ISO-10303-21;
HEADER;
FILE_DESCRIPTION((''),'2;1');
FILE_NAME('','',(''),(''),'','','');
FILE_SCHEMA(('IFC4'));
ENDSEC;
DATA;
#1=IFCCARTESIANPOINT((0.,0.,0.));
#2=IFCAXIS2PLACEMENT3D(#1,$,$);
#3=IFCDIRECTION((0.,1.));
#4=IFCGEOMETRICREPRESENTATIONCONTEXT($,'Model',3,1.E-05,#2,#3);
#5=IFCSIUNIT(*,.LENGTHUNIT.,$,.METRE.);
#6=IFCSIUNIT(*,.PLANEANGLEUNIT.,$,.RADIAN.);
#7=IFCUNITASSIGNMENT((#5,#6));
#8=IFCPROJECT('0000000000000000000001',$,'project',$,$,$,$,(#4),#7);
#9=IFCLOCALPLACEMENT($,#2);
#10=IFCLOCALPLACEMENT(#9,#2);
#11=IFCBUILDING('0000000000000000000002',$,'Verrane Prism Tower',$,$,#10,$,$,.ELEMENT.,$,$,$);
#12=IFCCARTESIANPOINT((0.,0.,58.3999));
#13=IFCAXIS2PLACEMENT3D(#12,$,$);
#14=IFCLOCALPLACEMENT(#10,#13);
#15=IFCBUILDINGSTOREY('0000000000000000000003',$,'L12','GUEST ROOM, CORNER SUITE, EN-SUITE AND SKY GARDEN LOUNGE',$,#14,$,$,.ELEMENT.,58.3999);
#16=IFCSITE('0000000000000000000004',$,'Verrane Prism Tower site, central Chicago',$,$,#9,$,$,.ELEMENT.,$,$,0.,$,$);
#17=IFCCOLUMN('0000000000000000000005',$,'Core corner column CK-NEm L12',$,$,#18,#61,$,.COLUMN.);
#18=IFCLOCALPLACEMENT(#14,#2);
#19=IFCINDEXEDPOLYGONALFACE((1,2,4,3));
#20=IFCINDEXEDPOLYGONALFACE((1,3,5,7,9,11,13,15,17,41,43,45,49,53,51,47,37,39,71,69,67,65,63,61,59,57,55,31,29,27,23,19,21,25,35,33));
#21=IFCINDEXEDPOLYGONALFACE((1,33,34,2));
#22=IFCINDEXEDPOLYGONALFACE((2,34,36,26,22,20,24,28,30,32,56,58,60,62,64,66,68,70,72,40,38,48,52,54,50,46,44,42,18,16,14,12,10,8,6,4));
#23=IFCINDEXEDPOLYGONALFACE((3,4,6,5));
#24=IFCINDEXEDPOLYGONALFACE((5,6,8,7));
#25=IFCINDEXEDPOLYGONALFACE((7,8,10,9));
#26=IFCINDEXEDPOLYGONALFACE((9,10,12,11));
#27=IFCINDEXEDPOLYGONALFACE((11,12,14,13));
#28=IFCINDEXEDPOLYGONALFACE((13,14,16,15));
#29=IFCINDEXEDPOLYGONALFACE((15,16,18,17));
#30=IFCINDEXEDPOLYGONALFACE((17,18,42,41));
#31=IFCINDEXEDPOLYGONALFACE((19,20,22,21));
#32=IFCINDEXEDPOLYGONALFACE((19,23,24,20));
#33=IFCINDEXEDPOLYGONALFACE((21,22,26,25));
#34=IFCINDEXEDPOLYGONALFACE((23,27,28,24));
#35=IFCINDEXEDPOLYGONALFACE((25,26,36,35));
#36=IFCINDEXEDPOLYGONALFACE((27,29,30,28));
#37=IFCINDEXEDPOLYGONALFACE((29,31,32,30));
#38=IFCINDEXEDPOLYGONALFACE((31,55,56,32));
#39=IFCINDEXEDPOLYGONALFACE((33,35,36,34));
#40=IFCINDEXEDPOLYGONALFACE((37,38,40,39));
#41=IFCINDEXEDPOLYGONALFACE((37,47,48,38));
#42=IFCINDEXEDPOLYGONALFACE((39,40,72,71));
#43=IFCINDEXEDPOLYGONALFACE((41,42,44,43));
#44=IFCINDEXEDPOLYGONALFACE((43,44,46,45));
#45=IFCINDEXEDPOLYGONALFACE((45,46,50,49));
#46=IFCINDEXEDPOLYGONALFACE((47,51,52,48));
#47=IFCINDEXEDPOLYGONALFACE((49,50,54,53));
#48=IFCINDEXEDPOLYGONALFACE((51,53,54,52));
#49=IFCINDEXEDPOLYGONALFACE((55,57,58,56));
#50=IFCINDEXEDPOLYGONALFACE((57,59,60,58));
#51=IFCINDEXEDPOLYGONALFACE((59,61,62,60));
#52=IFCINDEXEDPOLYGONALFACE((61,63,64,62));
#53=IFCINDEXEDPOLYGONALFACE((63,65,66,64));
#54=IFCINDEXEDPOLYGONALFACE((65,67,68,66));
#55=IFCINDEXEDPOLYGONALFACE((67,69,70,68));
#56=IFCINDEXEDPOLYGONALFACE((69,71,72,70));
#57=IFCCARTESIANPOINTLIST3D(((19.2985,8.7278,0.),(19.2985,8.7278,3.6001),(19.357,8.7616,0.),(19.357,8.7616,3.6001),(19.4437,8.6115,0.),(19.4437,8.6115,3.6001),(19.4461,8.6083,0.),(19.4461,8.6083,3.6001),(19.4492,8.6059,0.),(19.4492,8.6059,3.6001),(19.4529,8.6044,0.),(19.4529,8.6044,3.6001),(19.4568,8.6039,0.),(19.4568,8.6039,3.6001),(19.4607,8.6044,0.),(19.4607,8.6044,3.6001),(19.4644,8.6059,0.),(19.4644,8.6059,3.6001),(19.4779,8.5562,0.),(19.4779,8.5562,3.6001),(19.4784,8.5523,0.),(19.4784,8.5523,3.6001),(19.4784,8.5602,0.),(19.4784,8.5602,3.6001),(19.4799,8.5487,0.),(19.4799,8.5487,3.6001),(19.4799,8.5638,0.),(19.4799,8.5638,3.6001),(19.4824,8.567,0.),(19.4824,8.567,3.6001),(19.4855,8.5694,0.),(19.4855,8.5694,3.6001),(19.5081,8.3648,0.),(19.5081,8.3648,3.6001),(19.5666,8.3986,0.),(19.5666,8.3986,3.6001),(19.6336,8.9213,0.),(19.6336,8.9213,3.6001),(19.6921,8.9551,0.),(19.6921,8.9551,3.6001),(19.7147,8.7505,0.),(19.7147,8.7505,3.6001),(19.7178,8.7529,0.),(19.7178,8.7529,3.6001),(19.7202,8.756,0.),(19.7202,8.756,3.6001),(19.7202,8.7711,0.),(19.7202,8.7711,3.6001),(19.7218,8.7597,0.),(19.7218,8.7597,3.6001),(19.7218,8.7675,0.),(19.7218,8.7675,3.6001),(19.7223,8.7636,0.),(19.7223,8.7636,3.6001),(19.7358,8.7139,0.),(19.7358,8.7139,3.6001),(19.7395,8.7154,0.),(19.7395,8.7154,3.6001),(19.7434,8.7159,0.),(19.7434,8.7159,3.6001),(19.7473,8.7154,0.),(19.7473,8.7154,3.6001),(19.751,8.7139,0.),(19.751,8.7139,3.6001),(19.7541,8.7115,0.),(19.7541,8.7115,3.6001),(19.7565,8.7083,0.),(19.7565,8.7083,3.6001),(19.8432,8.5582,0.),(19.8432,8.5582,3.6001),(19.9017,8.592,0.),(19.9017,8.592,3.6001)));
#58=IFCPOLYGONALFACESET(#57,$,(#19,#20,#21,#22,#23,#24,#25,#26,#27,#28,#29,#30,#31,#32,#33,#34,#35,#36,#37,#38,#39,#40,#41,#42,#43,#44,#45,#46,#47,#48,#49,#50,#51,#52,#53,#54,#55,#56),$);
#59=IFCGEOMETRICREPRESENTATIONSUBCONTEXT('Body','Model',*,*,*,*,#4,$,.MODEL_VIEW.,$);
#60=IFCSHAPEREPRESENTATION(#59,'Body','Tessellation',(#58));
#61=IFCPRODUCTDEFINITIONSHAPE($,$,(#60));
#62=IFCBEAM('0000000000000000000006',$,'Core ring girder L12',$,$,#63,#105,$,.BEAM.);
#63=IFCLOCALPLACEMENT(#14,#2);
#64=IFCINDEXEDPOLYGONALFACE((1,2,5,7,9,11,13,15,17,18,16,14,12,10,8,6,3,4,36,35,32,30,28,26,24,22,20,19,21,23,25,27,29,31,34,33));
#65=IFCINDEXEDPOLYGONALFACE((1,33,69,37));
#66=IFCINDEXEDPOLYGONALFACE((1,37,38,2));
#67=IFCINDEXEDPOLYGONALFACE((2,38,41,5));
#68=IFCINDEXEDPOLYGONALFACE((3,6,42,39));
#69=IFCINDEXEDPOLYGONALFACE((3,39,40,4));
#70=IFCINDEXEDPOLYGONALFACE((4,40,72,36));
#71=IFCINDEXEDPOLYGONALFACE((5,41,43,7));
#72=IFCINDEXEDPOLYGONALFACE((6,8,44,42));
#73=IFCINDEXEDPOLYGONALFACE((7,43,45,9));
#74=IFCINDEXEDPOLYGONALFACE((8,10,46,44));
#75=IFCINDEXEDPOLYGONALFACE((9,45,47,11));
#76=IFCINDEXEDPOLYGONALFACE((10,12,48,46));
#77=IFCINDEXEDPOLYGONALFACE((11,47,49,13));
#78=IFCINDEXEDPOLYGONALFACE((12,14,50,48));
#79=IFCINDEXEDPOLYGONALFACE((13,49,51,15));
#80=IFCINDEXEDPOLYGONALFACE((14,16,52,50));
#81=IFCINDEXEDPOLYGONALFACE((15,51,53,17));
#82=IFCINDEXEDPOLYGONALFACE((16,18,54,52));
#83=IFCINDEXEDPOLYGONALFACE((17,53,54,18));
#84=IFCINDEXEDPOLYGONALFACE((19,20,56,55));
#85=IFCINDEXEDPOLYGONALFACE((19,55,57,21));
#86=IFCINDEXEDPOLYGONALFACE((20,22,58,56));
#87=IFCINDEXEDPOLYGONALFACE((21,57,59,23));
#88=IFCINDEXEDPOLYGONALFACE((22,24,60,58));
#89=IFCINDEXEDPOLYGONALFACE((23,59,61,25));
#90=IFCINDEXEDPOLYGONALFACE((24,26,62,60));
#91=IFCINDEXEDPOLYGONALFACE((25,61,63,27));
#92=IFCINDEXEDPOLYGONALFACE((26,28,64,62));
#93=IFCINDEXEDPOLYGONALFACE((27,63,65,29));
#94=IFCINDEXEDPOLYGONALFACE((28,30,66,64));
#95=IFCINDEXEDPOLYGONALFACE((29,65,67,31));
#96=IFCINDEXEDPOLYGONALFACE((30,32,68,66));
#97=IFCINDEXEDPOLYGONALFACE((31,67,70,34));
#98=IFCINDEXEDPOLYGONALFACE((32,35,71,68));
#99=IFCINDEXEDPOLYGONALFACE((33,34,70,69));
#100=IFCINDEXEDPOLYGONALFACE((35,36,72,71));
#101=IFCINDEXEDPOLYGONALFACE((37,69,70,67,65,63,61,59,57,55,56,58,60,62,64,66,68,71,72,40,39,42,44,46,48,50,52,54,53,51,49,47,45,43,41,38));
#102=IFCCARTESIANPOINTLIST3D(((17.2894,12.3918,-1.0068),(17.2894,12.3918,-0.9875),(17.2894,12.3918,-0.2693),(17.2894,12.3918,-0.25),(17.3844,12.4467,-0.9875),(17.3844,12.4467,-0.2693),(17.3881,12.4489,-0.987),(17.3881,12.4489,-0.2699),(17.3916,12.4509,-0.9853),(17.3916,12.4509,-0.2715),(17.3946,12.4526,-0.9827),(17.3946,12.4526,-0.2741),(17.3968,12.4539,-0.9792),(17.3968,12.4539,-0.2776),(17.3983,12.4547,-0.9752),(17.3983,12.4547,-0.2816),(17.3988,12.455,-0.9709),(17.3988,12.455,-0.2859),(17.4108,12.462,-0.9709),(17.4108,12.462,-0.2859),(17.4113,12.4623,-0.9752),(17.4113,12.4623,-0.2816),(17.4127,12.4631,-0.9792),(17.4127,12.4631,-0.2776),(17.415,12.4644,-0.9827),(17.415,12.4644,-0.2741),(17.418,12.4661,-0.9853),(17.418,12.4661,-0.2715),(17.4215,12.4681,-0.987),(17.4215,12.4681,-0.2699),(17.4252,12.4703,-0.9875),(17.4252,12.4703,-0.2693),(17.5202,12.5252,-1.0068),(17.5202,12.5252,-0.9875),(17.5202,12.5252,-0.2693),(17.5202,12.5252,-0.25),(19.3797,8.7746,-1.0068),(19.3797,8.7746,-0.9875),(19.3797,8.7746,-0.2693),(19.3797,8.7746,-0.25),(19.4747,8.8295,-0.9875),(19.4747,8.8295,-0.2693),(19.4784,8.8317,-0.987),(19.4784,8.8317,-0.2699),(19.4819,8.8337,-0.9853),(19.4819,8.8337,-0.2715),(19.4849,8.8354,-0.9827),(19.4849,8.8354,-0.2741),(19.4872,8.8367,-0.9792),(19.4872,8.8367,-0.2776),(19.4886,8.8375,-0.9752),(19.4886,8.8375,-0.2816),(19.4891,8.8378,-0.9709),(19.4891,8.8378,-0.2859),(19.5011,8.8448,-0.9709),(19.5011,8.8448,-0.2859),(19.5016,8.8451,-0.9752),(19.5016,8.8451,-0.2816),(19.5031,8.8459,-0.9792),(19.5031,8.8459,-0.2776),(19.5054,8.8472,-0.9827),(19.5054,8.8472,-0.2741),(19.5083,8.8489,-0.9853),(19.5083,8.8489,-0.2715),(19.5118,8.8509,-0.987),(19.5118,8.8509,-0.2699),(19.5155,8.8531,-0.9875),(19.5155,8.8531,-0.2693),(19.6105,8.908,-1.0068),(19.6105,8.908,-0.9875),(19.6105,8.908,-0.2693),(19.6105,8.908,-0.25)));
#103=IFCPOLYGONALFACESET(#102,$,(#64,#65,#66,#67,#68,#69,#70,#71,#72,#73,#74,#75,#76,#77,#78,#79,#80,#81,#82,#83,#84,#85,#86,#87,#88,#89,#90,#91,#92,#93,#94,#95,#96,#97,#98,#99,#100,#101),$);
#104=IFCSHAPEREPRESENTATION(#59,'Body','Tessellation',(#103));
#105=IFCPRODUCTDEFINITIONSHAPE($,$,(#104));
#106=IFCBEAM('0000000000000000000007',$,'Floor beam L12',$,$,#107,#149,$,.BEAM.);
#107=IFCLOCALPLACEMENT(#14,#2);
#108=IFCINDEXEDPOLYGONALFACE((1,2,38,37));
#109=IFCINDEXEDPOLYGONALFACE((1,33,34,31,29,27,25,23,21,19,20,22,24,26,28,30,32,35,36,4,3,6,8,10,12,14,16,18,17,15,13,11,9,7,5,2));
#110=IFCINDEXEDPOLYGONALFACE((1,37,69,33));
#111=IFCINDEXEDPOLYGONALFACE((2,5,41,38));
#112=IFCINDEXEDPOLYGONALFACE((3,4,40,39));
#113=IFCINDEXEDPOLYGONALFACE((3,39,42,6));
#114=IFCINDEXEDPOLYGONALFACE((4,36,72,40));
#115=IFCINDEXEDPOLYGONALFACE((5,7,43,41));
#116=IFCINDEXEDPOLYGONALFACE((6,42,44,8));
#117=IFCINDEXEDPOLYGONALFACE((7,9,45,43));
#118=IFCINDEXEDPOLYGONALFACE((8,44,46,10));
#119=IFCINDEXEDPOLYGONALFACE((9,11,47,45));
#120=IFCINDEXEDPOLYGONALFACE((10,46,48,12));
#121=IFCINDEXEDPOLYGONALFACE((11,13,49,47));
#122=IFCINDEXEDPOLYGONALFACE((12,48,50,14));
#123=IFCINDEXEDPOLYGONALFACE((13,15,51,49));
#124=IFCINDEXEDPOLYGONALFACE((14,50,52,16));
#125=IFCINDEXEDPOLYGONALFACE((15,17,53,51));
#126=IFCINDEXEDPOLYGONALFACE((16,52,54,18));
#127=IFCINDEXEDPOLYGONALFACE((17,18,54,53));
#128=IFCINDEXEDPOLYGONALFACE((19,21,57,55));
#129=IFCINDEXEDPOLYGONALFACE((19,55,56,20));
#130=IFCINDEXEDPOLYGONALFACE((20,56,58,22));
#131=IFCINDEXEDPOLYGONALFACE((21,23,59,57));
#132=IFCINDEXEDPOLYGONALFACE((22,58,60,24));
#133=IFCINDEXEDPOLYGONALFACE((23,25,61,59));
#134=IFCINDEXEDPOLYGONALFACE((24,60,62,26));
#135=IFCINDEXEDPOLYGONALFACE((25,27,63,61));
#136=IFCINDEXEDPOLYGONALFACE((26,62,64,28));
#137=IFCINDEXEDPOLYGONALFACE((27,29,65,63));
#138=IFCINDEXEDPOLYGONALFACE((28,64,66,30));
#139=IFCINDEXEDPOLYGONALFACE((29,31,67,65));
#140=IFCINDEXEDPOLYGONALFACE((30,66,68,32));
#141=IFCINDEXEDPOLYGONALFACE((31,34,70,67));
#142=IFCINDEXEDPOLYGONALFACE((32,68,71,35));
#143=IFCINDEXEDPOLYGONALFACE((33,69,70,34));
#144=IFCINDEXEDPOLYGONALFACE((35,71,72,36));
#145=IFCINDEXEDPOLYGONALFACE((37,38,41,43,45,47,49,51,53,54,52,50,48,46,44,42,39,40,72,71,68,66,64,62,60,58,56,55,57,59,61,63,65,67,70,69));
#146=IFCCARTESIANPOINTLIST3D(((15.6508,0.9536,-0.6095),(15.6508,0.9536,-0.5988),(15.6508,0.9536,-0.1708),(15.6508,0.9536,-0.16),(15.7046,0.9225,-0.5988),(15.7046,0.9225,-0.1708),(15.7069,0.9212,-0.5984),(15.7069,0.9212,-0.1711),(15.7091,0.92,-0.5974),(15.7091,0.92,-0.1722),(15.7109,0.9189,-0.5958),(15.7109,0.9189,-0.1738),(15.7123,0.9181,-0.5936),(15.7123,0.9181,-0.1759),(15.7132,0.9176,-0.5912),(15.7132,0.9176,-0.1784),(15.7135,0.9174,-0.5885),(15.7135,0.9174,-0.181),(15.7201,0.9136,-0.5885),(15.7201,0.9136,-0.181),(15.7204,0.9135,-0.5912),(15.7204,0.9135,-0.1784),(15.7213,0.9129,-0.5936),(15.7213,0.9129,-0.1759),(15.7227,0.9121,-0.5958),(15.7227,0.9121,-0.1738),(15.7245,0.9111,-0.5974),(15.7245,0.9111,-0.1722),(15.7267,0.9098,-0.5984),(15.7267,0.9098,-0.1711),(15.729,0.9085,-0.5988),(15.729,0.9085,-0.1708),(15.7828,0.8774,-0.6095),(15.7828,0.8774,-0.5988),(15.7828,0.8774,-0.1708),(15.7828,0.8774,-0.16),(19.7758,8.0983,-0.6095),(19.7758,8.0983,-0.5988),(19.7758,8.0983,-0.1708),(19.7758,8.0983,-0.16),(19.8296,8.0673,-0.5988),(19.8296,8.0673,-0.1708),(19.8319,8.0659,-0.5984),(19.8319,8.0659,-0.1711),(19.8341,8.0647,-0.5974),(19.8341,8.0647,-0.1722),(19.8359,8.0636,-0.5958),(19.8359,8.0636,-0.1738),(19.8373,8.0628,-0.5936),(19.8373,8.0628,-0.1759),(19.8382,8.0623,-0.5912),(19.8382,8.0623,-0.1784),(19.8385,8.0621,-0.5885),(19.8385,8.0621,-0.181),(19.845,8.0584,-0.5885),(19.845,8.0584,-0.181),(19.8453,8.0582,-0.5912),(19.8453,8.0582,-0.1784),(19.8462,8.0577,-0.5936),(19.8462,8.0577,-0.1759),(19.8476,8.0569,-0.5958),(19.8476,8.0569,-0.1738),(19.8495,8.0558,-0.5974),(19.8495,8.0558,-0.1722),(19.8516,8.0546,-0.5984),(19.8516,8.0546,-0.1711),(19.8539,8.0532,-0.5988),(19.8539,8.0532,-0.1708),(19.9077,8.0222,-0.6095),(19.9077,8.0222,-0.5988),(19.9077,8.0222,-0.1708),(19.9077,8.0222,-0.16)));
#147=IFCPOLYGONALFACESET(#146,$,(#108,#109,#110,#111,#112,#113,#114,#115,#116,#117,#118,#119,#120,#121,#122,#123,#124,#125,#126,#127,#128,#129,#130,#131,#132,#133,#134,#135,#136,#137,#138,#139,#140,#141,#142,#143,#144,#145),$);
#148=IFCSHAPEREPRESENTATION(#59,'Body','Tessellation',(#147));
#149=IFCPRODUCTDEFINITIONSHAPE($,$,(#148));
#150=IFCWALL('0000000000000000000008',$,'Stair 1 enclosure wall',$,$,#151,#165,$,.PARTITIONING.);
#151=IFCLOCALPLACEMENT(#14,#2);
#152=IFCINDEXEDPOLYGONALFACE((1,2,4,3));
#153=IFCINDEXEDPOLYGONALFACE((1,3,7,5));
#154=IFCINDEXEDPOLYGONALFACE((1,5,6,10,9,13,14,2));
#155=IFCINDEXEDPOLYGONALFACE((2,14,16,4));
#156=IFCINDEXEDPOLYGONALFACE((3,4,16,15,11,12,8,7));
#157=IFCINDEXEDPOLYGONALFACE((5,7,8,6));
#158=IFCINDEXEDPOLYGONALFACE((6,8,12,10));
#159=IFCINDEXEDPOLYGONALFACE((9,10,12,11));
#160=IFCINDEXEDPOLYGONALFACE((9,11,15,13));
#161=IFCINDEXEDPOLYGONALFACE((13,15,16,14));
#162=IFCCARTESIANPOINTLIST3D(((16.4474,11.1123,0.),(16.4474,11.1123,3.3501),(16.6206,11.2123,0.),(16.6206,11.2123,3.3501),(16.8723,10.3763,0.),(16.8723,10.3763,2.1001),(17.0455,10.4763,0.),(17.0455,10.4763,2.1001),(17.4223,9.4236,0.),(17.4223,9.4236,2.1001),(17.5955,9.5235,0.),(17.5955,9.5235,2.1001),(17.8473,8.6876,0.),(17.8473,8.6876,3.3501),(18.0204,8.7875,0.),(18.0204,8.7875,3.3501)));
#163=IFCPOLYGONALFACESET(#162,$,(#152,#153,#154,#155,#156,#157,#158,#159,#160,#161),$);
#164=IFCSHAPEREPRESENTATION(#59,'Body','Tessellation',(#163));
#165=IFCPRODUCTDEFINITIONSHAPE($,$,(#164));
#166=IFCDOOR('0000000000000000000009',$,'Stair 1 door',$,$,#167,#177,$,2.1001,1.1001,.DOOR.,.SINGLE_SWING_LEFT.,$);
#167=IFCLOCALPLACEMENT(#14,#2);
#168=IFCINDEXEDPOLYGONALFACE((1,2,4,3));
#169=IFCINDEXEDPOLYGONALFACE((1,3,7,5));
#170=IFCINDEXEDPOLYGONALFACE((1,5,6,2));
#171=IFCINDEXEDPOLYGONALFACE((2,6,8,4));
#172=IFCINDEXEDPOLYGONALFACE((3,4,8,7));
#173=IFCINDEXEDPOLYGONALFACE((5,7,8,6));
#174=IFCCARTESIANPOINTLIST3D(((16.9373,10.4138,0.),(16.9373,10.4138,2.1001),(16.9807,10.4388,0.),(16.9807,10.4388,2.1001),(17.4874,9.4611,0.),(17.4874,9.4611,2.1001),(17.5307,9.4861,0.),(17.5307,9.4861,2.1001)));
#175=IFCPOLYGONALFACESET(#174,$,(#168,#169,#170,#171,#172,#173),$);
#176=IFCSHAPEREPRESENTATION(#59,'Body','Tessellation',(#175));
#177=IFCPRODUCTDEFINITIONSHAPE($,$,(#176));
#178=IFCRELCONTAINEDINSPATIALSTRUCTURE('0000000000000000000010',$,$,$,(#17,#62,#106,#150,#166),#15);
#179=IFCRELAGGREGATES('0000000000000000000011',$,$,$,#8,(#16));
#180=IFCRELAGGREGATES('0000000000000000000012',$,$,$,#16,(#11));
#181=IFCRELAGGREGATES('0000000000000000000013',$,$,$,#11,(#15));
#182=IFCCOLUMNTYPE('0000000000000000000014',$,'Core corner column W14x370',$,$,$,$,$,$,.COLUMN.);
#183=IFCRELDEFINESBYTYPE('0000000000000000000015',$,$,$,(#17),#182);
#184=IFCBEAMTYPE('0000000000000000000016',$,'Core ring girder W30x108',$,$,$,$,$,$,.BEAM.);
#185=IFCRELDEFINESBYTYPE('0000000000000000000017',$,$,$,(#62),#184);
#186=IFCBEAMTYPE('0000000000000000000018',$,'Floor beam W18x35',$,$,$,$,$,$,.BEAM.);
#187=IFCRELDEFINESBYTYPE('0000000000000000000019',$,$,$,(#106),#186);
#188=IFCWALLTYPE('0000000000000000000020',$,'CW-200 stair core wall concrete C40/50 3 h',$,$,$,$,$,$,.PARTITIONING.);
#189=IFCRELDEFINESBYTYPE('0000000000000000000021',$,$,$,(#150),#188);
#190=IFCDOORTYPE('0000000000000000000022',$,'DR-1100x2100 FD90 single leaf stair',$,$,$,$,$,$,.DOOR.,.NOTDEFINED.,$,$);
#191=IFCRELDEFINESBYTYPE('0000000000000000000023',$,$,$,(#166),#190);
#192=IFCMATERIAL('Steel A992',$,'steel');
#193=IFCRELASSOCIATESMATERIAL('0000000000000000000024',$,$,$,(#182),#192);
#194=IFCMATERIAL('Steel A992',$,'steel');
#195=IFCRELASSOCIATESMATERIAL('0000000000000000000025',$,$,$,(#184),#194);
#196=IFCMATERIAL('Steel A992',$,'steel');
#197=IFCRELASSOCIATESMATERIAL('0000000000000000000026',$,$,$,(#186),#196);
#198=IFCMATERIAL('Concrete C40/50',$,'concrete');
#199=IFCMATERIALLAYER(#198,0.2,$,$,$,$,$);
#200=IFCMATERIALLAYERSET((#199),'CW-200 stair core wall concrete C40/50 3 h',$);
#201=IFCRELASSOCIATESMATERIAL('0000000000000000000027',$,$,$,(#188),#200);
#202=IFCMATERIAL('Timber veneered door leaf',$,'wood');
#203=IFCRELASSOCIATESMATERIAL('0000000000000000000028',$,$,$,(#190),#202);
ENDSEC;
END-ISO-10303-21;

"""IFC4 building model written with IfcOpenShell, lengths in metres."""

from ifc_helpers import new_model, si_unit, direction, frame, frame_2d, origin, origin_2d, place, context, subcontext, project, spatial, rectangle, i_section, extrude, material, layer, layer_set, material_profile, profile_set, type_object, element, fill, save


model = new_model("IFC4")

# Units and contexts
model_context = context("Model", 3, precision=1e-05, world=origin(), true_north=direction((0.0, 1.0)))
body_context = subcontext(model_context, "Body", "Model", "MODEL_VIEW")
ifc_project = project(units=[si_unit("LENGTHUNIT", "METRE"), si_unit("PLANEANGLEUNIT", "RADIAN")], contexts=[model_context])

# Site, building, storey
site_placement = place(None, origin())
site = spatial("IfcSite", under=ifc_project, at=site_placement, Name="Verrane Prism Tower site, central Chicago", CompositionType="ELEMENT", RefElevation=0.0)
building_placement = place(site_placement, origin())
building = spatial("IfcBuilding", under=site, at=building_placement, Name="Verrane Prism Tower", CompositionType="ELEMENT")
storey_placement = place(building_placement, frame((0.0, 0.0, 58.3999)))
storey = spatial("IfcBuildingStorey", under=building, at=storey_placement, Name="L12", Description="GUEST ROOM, CORNER SUITE, EN-SUITE AND SKY GARDEN LOUNGE", CompositionType="ELEMENT", Elevation=58.3999)

# Column
ifc_material_1 = material(Name="Steel A992", Category="steel")
ifc_material_profile_1 = material_profile(ifc_material_1, i_section(OverallWidth=0.4192, OverallDepth=0.4546, WebThickness=0.0422, FlangeThickness=0.0676, FilletRadius=0.0151, at=origin_2d()), Name="W14x370")
ifc_profile_set_1 = profile_set([ifc_material_profile_1], Name="Steel A992")
column_type = type_object("IfcColumnType", Name="Core corner column W14x370", PredefinedType="COLUMN", material=ifc_profile_set_1)
column_placement = place(storey_placement, frame((19.6001, 8.6599, 0.0), z_axis=(0.0, 0.0, 1.0), x_axis=(0.5, -0.866025, 0.0)))
element("IfcColumn", 1, at=column_placement, inside=storey, type_object=column_type, Name="Core corner column CK-NEm L12", PredefinedType="COLUMN", context=body_context, shape_type="SweptSolid", body=[
    extrude(i_section(OverallWidth=0.4192, OverallDepth=0.4546, WebThickness=0.0422, FlangeThickness=0.0676, FilletRadius=0.0151, at=origin_2d()), origin(), (0.0, 0.0, 1.0), 3.6001),
])

# Beams
ifc_material_2 = material(Name="Steel A992", Category="steel")
ifc_material_profile_2 = material_profile(ifc_material_2, i_section(OverallWidth=0.2666, OverallDepth=0.7568, WebThickness=0.0139, FlangeThickness=0.0193, FilletRadius=0.0166, at=origin_2d()), Name="W30x108")
ifc_profile_set_2 = profile_set([ifc_material_profile_2], Name="Steel A992")
beam_type_1 = type_object("IfcBeamType", Name="Core ring girder W30x108", PredefinedType="BEAM", material=ifc_profile_set_2)
beam_1_placement = place(storey_placement, frame((19.4951, 8.8413, -0.6284), z_axis=(-0.50035, 0.865823, 0.0), x_axis=(-0.865823, -0.50035, 0.0)))
element("IfcBeam", 2, at=beam_1_placement, inside=storey, type_object=beam_type_1, Name="Core ring girder L12", PredefinedType="BEAM", context=body_context, shape_type="SweptSolid", body=[
    extrude(i_section(OverallWidth=0.2666, OverallDepth=0.7568, WebThickness=0.0139, FlangeThickness=0.0193, FilletRadius=0.0166, at=origin_2d()), origin(), (0.0, 0.0, 1.0), 4.1777),
])
ifc_material_3 = material(Name="Steel A992", Category="steel")
ifc_material_profile_3 = material_profile(ifc_material_3, i_section(OverallWidth=0.1523, OverallDepth=0.4495, WebThickness=0.0076, FlangeThickness=0.0107, FilletRadius=0.0103, at=origin_2d()), Name="W18x35")
ifc_profile_set_3 = profile_set([ifc_material_profile_3], Name="Steel A992")
beam_type_2 = type_object("IfcBeamType", Name="Floor beam W18x35", PredefinedType="BEAM", material=ifc_profile_set_3)
beam_2_placement = place(storey_placement, frame((15.7168, 0.9155, -0.3848), z_axis=(0.499997, 0.866027, 0.0), x_axis=(-0.866027, 0.499997, 0.0)))
element("IfcBeam", 3, at=beam_2_placement, inside=storey, type_object=beam_type_2, Name="Floor beam L12", PredefinedType="BEAM", context=body_context, shape_type="SweptSolid", body=[
    extrude(i_section(OverallWidth=0.1523, OverallDepth=0.4495, WebThickness=0.0076, FlangeThickness=0.0107, FilletRadius=0.0103, at=origin_2d()), origin(), (0.0, 0.0, 1.0), 8.25),
])

# Wall, opening, door
ifc_material_4 = material(Name="Concrete C40/50", Category="concrete")
ifc_layer_1 = layer(ifc_material_4, 0.2)
ifc_layer_set_1 = layer_set([ifc_layer_1], Name="CW-200 stair core wall concrete C40/50 3 h")
wall_type_1 = type_object("IfcWallType", Name="CW-200 stair core wall concrete C40/50 3 h", PredefinedType="PARTITIONING", material=ifc_layer_set_1)
wall_1_placement = place(storey_placement, frame((17.9338, 8.7375, 0.0), z_axis=(0.0, 0.0, 1.0), x_axis=(-0.499984, 0.866035, 0.0)))
wall_1 = element("IfcWall", 4, at=wall_1_placement, inside=storey, type_object=wall_type_1, Name="Stair 1 enclosure wall", PredefinedType="PARTITIONING", context=body_context, shape_type="SweptSolid", body=[
    extrude(rectangle(XDim=2.7998, YDim=0.2, at=frame_2d((1.3999, 0.0))), origin(), (0.0, 0.0, 1.0), 3.3501),
])
opening_1_placement = place(wall_1_placement, frame((0.8499, 0.0, 0.0)))
opening_1 = element("IfcOpeningElement", 5, at=opening_1_placement, cuts=wall_1, PredefinedType="OPENING", context=body_context, shape_type="SweptSolid", body=[
    extrude(rectangle(XDim=1.1001, YDim=2.1001, at=frame_2d((0.55, 1.05))), frame((0.0, 0.1099, 0.0), z_axis=(0.0, -1.0, 0.0), x_axis=(1.0, 0.0, 0.0)), (0.0, 0.0, 1.0), 0.22),
])
ifc_material_5 = material(Name="Timber veneered door leaf", Category="wood")
door_type_1 = type_object("IfcDoorType", Name="DR-1100x2100 FD90 single leaf stair", OperationType="NOTDEFINED", PredefinedType="DOOR", material=ifc_material_5)
door_1_placement = place(opening_1_placement, origin())
door_1 = element("IfcDoor", 6, at=door_1_placement, inside=storey, type_object=door_type_1, Name="Stair 1 door", OperationType="SINGLE_SWING_LEFT", OverallHeight=2.1001, OverallWidth=1.1001, PredefinedType="DOOR", context=body_context, shape_type="SweptSolid", body=[
    extrude(rectangle(XDim=1.1001, YDim=2.1001, at=frame_2d((0.55, 1.05))), frame((0.0, 0.0249, 0.0), z_axis=(0.0, -1.0, 0.0), x_axis=(1.0, 0.0, 0.0)), (0.0, 0.0, 1.0), 0.05),
])
fill(opening_1, door_1)

save(model, "model.ifc")
